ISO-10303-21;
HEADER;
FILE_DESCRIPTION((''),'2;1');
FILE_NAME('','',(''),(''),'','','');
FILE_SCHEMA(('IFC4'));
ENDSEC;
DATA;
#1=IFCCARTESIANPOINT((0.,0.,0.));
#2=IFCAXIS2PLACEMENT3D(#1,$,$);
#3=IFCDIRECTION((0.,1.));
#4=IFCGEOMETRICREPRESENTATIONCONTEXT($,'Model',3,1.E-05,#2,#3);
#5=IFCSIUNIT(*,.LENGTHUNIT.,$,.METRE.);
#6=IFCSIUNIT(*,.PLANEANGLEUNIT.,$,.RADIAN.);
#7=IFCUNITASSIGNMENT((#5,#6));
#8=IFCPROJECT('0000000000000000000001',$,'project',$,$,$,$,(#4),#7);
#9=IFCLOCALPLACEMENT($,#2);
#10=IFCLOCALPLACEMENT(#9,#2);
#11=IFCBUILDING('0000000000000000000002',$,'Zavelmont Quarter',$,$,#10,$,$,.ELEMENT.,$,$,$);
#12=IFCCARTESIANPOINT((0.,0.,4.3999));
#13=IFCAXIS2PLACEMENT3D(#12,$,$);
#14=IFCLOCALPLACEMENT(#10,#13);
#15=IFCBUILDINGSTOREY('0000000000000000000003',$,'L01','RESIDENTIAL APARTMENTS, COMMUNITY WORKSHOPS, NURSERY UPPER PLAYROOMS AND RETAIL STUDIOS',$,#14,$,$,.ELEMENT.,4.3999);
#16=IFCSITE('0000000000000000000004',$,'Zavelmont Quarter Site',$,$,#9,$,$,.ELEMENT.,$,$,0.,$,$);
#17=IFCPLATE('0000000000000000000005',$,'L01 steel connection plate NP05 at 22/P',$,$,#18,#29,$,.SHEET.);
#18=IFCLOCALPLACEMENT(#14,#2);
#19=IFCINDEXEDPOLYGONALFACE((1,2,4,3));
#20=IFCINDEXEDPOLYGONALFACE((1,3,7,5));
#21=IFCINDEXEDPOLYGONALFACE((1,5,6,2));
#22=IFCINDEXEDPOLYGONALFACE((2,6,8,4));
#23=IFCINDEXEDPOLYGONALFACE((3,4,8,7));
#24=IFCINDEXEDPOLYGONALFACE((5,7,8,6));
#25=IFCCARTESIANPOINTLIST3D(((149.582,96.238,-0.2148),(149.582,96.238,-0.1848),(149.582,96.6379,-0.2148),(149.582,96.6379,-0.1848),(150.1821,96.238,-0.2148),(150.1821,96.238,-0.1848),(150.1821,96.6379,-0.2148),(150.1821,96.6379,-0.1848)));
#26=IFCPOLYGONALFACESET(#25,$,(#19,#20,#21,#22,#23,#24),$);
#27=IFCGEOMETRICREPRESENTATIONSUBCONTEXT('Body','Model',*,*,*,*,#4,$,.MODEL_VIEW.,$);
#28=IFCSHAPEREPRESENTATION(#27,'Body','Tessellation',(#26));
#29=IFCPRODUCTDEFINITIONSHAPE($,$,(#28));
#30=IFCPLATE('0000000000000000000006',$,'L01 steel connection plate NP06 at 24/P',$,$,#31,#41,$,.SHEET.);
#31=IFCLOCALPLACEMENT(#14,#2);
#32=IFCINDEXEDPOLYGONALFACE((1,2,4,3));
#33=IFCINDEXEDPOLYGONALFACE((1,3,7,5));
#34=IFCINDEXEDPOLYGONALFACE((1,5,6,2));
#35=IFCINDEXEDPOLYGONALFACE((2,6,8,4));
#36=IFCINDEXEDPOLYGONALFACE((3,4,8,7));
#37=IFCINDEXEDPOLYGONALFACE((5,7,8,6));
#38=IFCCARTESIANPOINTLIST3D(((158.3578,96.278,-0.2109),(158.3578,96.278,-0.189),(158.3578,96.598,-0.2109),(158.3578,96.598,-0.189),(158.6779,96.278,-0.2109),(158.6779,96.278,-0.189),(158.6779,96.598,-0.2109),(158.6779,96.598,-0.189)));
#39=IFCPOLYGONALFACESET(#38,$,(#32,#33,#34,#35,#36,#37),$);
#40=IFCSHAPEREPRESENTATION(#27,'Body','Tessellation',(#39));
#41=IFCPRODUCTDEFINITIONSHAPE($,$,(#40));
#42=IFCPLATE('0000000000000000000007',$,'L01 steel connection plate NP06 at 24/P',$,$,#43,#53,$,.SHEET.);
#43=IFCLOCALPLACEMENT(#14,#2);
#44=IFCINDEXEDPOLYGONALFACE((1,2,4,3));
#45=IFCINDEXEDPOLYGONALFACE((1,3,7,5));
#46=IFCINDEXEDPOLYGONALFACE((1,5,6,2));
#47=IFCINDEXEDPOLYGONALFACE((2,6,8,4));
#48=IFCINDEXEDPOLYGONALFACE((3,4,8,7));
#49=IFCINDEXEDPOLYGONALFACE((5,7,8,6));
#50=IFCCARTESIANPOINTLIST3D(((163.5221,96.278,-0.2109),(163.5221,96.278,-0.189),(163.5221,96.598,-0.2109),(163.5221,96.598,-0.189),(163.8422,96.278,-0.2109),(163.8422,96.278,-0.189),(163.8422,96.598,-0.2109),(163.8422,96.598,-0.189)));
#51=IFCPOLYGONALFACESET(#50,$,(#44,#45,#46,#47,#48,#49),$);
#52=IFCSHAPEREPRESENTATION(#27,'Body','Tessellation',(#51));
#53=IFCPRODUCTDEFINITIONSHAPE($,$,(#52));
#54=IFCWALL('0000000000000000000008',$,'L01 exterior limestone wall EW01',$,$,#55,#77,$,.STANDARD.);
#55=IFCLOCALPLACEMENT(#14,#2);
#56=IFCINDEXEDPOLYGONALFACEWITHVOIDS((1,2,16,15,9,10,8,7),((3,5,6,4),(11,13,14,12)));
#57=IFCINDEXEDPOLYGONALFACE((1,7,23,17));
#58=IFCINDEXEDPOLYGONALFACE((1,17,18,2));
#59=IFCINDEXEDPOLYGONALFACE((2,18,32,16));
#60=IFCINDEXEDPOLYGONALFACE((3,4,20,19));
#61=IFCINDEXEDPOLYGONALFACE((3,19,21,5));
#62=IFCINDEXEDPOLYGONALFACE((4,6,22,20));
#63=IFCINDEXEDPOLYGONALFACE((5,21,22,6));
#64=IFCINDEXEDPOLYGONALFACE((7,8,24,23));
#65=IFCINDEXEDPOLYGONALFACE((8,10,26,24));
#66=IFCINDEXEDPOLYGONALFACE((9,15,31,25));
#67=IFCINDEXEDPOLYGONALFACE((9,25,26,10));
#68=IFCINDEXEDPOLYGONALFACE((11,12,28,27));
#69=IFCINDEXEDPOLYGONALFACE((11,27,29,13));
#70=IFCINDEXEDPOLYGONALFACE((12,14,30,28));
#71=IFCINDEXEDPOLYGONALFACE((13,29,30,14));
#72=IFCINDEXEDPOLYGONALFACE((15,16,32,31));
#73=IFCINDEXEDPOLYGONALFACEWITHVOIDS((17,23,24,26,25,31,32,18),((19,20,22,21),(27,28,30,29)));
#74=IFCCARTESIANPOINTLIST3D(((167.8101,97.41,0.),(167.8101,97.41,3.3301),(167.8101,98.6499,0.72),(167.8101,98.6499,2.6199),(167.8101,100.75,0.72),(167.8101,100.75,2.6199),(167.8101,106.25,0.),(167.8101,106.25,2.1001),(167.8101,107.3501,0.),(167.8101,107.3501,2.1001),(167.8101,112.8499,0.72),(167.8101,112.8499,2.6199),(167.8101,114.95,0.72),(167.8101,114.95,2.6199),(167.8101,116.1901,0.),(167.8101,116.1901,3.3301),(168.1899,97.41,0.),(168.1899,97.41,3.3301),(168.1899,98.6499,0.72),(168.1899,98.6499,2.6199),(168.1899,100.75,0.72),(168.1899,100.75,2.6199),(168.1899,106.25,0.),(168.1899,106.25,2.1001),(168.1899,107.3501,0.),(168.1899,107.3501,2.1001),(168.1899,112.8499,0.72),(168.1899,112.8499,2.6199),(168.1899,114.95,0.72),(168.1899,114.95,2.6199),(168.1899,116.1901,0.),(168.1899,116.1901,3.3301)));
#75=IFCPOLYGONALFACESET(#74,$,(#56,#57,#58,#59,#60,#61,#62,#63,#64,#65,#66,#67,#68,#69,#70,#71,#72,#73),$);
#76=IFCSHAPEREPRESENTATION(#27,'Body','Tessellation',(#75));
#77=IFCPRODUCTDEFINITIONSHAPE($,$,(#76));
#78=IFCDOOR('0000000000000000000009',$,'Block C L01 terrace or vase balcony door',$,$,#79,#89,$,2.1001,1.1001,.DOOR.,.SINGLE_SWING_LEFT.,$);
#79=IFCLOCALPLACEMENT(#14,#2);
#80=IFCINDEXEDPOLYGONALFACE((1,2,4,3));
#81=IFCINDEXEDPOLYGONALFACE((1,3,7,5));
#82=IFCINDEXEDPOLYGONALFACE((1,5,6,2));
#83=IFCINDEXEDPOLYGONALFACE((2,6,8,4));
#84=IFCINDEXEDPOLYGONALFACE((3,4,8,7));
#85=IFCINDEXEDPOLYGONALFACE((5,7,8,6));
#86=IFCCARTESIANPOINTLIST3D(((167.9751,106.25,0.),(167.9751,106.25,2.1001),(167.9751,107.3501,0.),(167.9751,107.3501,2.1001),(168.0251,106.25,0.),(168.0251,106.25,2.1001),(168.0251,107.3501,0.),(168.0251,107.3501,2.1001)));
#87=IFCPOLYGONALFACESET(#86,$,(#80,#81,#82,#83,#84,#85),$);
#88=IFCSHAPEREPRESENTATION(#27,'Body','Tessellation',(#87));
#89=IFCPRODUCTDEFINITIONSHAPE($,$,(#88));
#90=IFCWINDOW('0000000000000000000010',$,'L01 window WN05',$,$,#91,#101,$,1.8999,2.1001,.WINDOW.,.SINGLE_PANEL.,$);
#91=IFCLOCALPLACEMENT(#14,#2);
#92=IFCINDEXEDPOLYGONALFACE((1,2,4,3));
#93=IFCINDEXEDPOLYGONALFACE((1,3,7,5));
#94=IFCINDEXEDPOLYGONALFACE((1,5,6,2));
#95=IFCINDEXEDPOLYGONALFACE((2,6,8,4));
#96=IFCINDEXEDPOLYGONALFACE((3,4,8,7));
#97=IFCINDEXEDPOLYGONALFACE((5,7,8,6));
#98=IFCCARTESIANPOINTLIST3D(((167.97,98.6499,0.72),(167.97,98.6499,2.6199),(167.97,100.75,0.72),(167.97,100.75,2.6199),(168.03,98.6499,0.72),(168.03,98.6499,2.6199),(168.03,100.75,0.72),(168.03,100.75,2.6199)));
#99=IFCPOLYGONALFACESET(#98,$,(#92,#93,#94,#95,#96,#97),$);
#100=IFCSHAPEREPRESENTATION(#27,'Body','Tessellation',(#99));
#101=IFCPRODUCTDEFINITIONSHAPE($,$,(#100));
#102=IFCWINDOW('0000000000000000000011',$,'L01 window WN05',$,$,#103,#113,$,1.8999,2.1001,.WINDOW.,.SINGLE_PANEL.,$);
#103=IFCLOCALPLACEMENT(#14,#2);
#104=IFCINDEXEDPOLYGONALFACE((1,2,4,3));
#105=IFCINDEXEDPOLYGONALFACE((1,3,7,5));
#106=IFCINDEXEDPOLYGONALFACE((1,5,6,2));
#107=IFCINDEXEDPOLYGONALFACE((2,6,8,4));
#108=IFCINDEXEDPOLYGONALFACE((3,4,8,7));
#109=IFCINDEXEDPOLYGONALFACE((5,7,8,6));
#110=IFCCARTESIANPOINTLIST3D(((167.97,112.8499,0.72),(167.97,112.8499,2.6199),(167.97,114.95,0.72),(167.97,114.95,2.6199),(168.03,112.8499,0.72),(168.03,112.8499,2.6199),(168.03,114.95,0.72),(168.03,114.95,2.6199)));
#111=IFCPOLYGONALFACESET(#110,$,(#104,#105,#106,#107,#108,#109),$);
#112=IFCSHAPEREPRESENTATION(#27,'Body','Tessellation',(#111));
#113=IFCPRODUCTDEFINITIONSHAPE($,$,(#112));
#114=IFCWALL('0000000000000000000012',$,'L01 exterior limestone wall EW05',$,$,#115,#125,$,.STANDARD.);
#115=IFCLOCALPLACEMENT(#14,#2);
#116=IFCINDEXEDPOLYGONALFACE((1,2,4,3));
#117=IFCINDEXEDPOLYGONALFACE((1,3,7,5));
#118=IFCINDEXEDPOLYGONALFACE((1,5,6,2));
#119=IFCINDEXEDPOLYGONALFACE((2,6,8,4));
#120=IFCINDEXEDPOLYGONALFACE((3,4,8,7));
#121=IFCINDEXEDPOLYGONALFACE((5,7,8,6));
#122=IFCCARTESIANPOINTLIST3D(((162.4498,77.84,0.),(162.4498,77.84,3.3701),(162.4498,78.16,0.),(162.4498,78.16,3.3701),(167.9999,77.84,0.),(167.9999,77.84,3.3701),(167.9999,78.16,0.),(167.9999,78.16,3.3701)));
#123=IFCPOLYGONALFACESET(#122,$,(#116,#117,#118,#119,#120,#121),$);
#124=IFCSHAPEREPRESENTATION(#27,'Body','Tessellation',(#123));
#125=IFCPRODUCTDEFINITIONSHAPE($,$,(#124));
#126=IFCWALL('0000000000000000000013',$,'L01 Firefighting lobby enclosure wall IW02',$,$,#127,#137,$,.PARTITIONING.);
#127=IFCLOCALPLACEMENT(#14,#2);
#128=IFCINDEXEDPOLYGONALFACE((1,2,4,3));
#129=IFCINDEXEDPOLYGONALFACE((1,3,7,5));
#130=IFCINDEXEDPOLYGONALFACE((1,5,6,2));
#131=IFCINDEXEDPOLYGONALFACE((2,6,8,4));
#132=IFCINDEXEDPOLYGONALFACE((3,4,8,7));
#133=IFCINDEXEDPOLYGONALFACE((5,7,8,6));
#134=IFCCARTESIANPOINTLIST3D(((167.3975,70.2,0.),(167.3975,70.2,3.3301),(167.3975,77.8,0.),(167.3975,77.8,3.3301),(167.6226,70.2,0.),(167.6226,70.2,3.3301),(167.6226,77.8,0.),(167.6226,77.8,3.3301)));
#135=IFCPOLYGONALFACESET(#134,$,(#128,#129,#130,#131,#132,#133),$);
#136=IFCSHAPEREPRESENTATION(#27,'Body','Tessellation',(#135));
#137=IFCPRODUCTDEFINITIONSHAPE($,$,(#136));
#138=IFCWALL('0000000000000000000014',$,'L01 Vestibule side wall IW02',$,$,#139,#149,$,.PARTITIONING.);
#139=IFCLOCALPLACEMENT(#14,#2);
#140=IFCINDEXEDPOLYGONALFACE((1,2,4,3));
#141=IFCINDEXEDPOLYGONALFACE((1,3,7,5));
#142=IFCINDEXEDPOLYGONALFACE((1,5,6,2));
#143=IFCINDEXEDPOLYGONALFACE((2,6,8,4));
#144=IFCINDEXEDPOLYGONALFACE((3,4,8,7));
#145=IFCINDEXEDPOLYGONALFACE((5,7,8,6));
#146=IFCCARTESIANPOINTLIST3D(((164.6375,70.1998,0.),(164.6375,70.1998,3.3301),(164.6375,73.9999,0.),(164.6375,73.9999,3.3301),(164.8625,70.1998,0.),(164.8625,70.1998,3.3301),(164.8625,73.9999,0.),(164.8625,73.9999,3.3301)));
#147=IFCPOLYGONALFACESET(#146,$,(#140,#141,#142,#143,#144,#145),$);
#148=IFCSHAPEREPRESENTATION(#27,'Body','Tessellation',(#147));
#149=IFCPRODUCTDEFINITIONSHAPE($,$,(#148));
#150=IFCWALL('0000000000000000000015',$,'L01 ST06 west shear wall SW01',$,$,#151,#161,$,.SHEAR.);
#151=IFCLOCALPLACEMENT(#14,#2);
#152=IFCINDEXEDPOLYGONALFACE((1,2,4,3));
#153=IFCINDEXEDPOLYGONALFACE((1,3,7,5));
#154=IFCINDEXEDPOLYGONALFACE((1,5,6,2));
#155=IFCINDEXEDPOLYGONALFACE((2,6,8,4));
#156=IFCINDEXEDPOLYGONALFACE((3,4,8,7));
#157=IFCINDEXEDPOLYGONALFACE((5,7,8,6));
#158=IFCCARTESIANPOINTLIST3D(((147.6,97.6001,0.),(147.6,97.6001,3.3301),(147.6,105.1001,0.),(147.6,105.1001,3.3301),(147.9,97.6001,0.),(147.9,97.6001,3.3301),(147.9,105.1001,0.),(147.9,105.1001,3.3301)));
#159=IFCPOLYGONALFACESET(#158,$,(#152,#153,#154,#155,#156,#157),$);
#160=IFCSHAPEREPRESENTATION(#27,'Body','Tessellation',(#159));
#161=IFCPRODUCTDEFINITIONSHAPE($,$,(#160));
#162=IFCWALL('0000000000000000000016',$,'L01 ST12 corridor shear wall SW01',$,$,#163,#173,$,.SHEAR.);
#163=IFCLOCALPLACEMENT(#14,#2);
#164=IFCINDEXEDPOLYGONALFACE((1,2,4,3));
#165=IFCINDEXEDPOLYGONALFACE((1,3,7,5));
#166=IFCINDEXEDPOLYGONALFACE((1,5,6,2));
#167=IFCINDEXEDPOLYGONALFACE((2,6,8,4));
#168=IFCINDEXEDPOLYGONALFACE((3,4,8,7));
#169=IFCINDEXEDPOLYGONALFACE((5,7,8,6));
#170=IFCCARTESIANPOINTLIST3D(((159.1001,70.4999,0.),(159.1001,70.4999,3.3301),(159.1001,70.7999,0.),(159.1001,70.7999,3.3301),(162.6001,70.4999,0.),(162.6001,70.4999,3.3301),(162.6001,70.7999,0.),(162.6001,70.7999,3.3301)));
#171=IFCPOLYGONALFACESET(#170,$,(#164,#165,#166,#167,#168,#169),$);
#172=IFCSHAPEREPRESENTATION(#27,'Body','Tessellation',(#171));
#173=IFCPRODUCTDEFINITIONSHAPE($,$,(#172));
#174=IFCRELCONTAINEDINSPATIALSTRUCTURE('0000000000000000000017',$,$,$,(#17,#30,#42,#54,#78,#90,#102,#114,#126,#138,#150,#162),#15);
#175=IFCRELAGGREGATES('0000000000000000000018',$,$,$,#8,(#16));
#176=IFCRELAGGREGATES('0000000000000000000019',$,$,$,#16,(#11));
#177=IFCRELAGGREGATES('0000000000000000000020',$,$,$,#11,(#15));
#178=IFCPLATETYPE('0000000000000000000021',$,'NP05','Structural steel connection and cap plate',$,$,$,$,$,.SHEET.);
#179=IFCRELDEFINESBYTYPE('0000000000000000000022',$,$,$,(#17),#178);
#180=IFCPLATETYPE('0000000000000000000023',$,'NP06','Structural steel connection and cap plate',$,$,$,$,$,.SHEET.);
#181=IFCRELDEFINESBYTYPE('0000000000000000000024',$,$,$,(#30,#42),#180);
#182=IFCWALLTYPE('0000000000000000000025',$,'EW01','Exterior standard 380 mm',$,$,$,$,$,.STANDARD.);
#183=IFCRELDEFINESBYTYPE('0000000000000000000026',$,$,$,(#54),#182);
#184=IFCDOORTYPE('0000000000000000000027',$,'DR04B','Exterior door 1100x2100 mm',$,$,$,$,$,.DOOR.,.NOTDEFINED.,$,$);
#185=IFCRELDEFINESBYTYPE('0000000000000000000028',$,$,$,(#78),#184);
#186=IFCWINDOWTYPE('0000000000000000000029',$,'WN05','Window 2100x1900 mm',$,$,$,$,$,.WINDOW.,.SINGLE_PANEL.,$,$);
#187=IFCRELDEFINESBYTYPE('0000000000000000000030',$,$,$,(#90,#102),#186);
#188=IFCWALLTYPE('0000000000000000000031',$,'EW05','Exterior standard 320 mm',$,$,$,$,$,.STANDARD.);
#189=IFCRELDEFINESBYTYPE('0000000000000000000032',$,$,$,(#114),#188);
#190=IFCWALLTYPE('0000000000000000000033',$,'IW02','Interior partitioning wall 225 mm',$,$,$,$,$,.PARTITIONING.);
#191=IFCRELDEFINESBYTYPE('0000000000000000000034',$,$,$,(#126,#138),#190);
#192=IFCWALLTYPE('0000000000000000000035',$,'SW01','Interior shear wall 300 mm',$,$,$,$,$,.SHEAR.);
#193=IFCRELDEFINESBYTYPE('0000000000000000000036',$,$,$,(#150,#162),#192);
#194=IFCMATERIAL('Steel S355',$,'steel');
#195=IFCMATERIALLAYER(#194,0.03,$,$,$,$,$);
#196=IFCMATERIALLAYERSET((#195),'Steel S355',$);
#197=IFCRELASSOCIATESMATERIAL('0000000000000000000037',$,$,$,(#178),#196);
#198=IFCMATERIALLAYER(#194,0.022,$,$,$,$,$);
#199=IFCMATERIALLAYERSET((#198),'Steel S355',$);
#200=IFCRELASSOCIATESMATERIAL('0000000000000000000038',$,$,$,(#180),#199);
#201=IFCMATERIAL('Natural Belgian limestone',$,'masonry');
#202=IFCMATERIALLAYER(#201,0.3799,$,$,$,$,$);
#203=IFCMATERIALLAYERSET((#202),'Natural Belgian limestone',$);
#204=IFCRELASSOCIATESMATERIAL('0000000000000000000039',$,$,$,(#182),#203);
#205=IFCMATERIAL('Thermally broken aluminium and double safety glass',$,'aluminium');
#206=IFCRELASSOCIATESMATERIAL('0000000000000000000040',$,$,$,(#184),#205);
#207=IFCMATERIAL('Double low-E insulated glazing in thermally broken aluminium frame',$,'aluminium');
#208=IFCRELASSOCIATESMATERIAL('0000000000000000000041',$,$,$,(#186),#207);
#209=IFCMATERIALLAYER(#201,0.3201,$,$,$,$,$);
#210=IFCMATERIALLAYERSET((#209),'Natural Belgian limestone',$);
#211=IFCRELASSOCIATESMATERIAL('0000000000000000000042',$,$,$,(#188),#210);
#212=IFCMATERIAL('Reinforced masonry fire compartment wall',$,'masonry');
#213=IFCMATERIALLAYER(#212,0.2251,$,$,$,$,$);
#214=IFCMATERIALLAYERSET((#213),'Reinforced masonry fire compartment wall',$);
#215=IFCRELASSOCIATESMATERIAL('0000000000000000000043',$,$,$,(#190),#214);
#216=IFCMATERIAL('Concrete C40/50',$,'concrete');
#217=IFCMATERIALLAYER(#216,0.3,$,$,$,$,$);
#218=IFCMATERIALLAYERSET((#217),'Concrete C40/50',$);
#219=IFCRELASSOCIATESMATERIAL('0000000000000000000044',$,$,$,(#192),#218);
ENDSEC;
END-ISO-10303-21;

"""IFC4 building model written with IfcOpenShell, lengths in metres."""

from ifc_helpers import new_model, si_unit, direction, frame, frame_2d, origin, origin_with_axes, origin_2d, place, context, subcontext, project, spatial, rectangle, extrude, material, layer, layer_set, type_object, element, fill, save


model = new_model("IFC4")

# Units and contexts
model_context = context("Model", 3, precision=1e-05, world=origin(), true_north=direction((0.0, 1.0)))
body_context = subcontext(model_context, "Body", "Model", "MODEL_VIEW")
ifc_project = project(units=[si_unit("LENGTHUNIT", "METRE"), si_unit("PLANEANGLEUNIT", "RADIAN")], contexts=[model_context])

# Site, building, storey
site_placement = place(None, origin())
site = spatial("IfcSite", under=ifc_project, at=site_placement, Name="Zavelmont Quarter Site", CompositionType="ELEMENT", RefElevation=0.0)
building_placement = place(site_placement, origin())
building = spatial("IfcBuilding", under=site, at=building_placement, Name="Zavelmont Quarter", CompositionType="ELEMENT")
storey_placement = place(building_placement, frame((0.0, 0.0, 4.3999)))
storey = spatial("IfcBuildingStorey", under=building, at=storey_placement, Name="L01", Description="RESIDENTIAL APARTMENTS, COMMUNITY WORKSHOPS, NURSERY UPPER PLAYROOMS AND RETAIL STUDIOS", CompositionType="ELEMENT", Elevation=4.3999)

# Shared definitions
ifc_material_1 = material(Name="Steel S355", Category="steel")

# Plates
ifc_layer_1 = layer(ifc_material_1, 0.03)
ifc_layer_set_1 = layer_set([ifc_layer_1], Name="Steel S355")
plate_type_1 = type_object("IfcPlateType", Name="NP05", Description="Structural steel connection and cap plate", PredefinedType="SHEET", material=ifc_layer_set_1)
for number, where, z_axis, x_axis, name in (
    (1, (149.8821, 96.438, -0.2148), (0.0, 0.0, 1.0), (1.0, 0.0, 0.0), "L01 steel connection plate NP05 at 22/P"),
):
    element("IfcPlate", number, at=place(storey_placement, frame(where, z_axis=z_axis, x_axis=x_axis)), inside=storey, type_object=plate_type_1, Name=name, PredefinedType="SHEET", context=body_context, shape_type="SweptSolid", body=[
        extrude(rectangle(XDim=0.6001, YDim=0.3999, at=origin_2d()), origin(), (0.0, 0.0, 1.0), 0.03),
    ])
ifc_layer_2 = layer(ifc_material_1, 0.022)
ifc_layer_set_2 = layer_set([ifc_layer_2], Name="Steel S355")
plate_type_2 = type_object("IfcPlateType", Name="NP06", Description="Structural steel connection and cap plate", PredefinedType="SHEET", material=ifc_layer_set_2)
for number, where, z_axis, x_axis, name in (
    (2, (158.5178, 96.438, -0.2109), (0.0, 0.0, 1.0), (1.0, 0.0, 0.0), "L01 steel connection plate NP06 at 24/P"),
    (3, (163.6821, 96.438, -0.2109), (0.0, 0.0, 1.0), (1.0, 0.0, 0.0), "L01 steel connection plate NP06 at 24/P"),
):
    element("IfcPlate", number, at=place(storey_placement, frame(where, z_axis=z_axis, x_axis=x_axis)), inside=storey, type_object=plate_type_2, Name=name, PredefinedType="SHEET", context=body_context, shape_type="SweptSolid", body=[
        extrude(rectangle(XDim=0.3201, YDim=0.3201, at=origin_2d()), origin(), (0.0, 0.0, 1.0), 0.022),
    ])

# Wall, openings, door, windows
ifc_material_2 = material(Name="Natural Belgian limestone", Category="masonry")
ifc_layer_3 = layer(ifc_material_2, 0.3799)
ifc_layer_set_3 = layer_set([ifc_layer_3], Name="Natural Belgian limestone")
wall_type_1 = type_object("IfcWallType", Name="EW01", Description="Exterior standard 380 mm", PredefinedType="STANDARD", material=ifc_layer_set_3)
wall_1_placement = place(storey_placement, frame((168.0, 97.4099, 0.0), z_axis=(0.0, 0.0, 1.0), x_axis=(0.0, 1.0, 0.0)))
wall_1 = element("IfcWall", 4, at=wall_1_placement, inside=storey, type_object=wall_type_1, Name="L01 exterior limestone wall EW01", PredefinedType="STANDARD", context=body_context, shape_type="SweptSolid", body=[
    extrude(rectangle(XDim=18.78, YDim=0.3799, at=frame_2d((9.3901, 0.0))), origin(), (0.0, 0.0, 1.0), 3.3301),
])
opening_1_placement = place(wall_1_placement, frame((8.8401, 0.0, 0.0)))
opening_1 = element("IfcOpeningElement", 5, at=opening_1_placement, cuts=wall_1, PredefinedType="OPENING", context=body_context, shape_type="SweptSolid", body=[
    extrude(rectangle(XDim=1.1001, YDim=2.1001, at=frame_2d((0.55, 1.05))), frame((0.0, 0.2019, 0.0), z_axis=(0.0, -1.0, 0.0), x_axis=(1.0, 0.0, 0.0)), (0.0, 0.0, 1.0), 0.4038),
])
opening_2_placement = place(wall_1_placement, frame((1.24, 0.0, 0.72)))
opening_2 = element("IfcOpeningElement", 6, at=opening_2_placement, cuts=wall_1, PredefinedType="OPENING", context=body_context, shape_type="SweptSolid", body=[
    extrude(rectangle(XDim=2.1001, YDim=1.8999, at=frame_2d((1.05, 0.95))), frame((0.0, 0.2019, 0.0), z_axis=(0.0, -1.0, 0.0), x_axis=(1.0, 0.0, 0.0)), (0.0, 0.0, 1.0), 0.4038),
])
opening_3_placement = place(wall_1_placement, frame((15.4399, 0.0, 0.72)))
opening_3 = element("IfcOpeningElement", 7, at=opening_3_placement, cuts=wall_1, PredefinedType="OPENING", context=body_context, shape_type="SweptSolid", body=[
    extrude(rectangle(XDim=2.1001, YDim=1.8999, at=frame_2d((1.05, 0.95))), frame((0.0, 0.2019, 0.0), z_axis=(0.0, -1.0, 0.0), x_axis=(1.0, 0.0, 0.0)), (0.0, 0.0, 1.0), 0.4038),
])
ifc_material_3 = material(Name="Thermally broken aluminium and double safety glass", Category="aluminium")
door_type_1 = type_object("IfcDoorType", Name="DR04B", Description="Exterior door 1100x2100 mm", OperationType="NOTDEFINED", PredefinedType="DOOR", material=ifc_material_3)
door_1_placement = place(opening_1_placement, origin_with_axes())
door_1 = element("IfcDoor", 8, at=door_1_placement, inside=storey, type_object=door_type_1, Name="Block C L01 terrace or vase balcony door", OperationType="SINGLE_SWING_LEFT", OverallHeight=2.1001, OverallWidth=1.1001, PredefinedType="DOOR", context=body_context, shape_type="SweptSolid", body=[
    extrude(rectangle(XDim=1.1001, YDim=2.1001, at=frame_2d((0.55, 1.05))), frame((0.0, 0.0249, 0.0), z_axis=(0.0, -1.0, 0.0), x_axis=(1.0, 0.0, 0.0)), (0.0, 0.0, 1.0), 0.05),
])
fill(opening_1, door_1)
ifc_material_4 = material(Name="Double low-E insulated glazing in thermally broken aluminium frame", Category="aluminium")
window_type = type_object("IfcWindowType", Name="WN05", Description="Window 2100x1900 mm", PartitioningType="SINGLE_PANEL", PredefinedType="WINDOW", material=ifc_material_4)
window_1_placement = place(opening_2_placement, origin_with_axes())
window_1 = element("IfcWindow", 9, at=window_1_placement, inside=storey, type_object=window_type, Name="L01 window WN05", OverallHeight=1.8999, OverallWidth=2.1001, PartitioningType="SINGLE_PANEL", PredefinedType="WINDOW", context=body_context, shape_type="SweptSolid", body=[
    extrude(rectangle(XDim=2.1001, YDim=1.8999, at=frame_2d((1.05, 0.95))), frame((0.0, 0.03, 0.0), z_axis=(0.0, -1.0, 0.0), x_axis=(1.0, 0.0, 0.0)), (0.0, 0.0, 1.0), 0.0601),
])
fill(opening_2, window_1)
window_2_placement = place(opening_3_placement, origin_with_axes())
window_2 = element("IfcWindow", 10, at=window_2_placement, inside=storey, type_object=window_type, Name="L01 window WN05", OverallHeight=1.8999, OverallWidth=2.1001, PartitioningType="SINGLE_PANEL", PredefinedType="WINDOW", context=body_context, shape_type="SweptSolid", body=[
    extrude(rectangle(XDim=2.1001, YDim=1.8999, at=frame_2d((1.05, 0.95))), frame((0.0, 0.03, 0.0), z_axis=(0.0, -1.0, 0.0), x_axis=(1.0, 0.0, 0.0)), (0.0, 0.0, 1.0), 0.0601),
])
fill(opening_3, window_2)

# Walls
ifc_layer_4 = layer(ifc_material_2, 0.3201)
ifc_layer_set_4 = layer_set([ifc_layer_4], Name="Natural Belgian limestone")
wall_type_2 = type_object("IfcWallType", Name="EW05", Description="Exterior standard 320 mm", PredefinedType="STANDARD", material=ifc_layer_set_4)
wall_2_placement = place(storey_placement, frame((162.45, 78.0, 0.0), z_axis=(0.0, 0.0, 1.0), x_axis=(1.0, 0.0, 0.0)))
element("IfcWall", 11, at=wall_2_placement, inside=storey, type_object=wall_type_2, Name="L01 exterior limestone wall EW05", PredefinedType="STANDARD", context=body_context, shape_type="SweptSolid", body=[
    extrude(rectangle(XDim=5.55, YDim=0.3201, at=frame_2d((2.7749, 0.0))), origin(), (0.0, 0.0, 1.0), 3.3701),
])
ifc_material_5 = material(Name="Reinforced masonry fire compartment wall", Category="masonry")
ifc_layer_5 = layer(ifc_material_5, 0.2251)
ifc_layer_set_5 = layer_set([ifc_layer_5], Name="Reinforced masonry fire compartment wall")
wall_type_3 = type_object("IfcWallType", Name="IW02", Description="Interior partitioning wall 225 mm", PredefinedType="PARTITIONING", material=ifc_layer_set_5)
wall_3_placement = place(storey_placement, frame((167.51, 70.2, 0.0), z_axis=(0.0, 0.0, 1.0), x_axis=(0.0, 1.0, 0.0)))
element("IfcWall", 12, at=wall_3_placement, inside=storey, type_object=wall_type_3, Name="L01 Firefighting lobby enclosure wall IW02", PredefinedType="PARTITIONING", context=body_context, shape_type="SweptSolid", body=[
    extrude(rectangle(XDim=7.6001, YDim=0.2251, at=frame_2d((3.8, 0.0))), origin(), (0.0, 0.0, 1.0), 3.3301),
])
wall_4_placement = place(storey_placement, frame((164.75, 70.2, 0.0), z_axis=(0.0, 0.0, 1.0), x_axis=(0.0, 1.0, 0.0)))
element("IfcWall", 13, at=wall_4_placement, inside=storey, type_object=wall_type_3, Name="L01 Vestibule side wall IW02", PredefinedType="PARTITIONING", context=body_context, shape_type="SweptSolid", body=[
    extrude(rectangle(XDim=3.8, YDim=0.2251, at=frame_2d((1.8999, 0.0))), origin(), (0.0, 0.0, 1.0), 3.3301),
])

# Walls
ifc_material_6 = material(Name="Concrete C40/50", Category="concrete")
ifc_layer_6 = layer(ifc_material_6, 0.3)
ifc_layer_set_6 = layer_set([ifc_layer_6], Name="Concrete C40/50")
wall_type_4 = type_object("IfcWallType", Name="SW01", Description="Interior shear wall 300 mm", PredefinedType="SHEAR", material=ifc_layer_set_6)
wall_5_placement = place(storey_placement, frame((147.75, 97.6001, 0.0), z_axis=(0.0, 0.0, 1.0), x_axis=(0.0, 1.0, 0.0)))
element("IfcWall", 14, at=wall_5_placement, inside=storey, type_object=wall_type_4, Name="L01 ST06 west shear wall SW01", PredefinedType="SHEAR", context=body_context, shape_type="SweptSolid", body=[
    extrude(rectangle(XDim=7.5, YDim=0.3, at=frame_2d((3.75, 0.0))), origin(), (0.0, 0.0, 1.0), 3.3301),
])
wall_6_placement = place(storey_placement, frame((159.1001, 70.6499, 0.0), z_axis=(0.0, 0.0, 1.0), x_axis=(1.0, 0.0, 0.0)))
element("IfcWall", 15, at=wall_6_placement, inside=storey, type_object=wall_type_4, Name="L01 ST12 corridor shear wall SW01", PredefinedType="SHEAR", context=body_context, shape_type="SweptSolid", body=[
    extrude(rectangle(XDim=3.5, YDim=0.3, at=frame_2d((1.75, 0.0))), origin(), (0.0, 0.0, 1.0), 3.3301),
])

save(model, "model.ifc")
